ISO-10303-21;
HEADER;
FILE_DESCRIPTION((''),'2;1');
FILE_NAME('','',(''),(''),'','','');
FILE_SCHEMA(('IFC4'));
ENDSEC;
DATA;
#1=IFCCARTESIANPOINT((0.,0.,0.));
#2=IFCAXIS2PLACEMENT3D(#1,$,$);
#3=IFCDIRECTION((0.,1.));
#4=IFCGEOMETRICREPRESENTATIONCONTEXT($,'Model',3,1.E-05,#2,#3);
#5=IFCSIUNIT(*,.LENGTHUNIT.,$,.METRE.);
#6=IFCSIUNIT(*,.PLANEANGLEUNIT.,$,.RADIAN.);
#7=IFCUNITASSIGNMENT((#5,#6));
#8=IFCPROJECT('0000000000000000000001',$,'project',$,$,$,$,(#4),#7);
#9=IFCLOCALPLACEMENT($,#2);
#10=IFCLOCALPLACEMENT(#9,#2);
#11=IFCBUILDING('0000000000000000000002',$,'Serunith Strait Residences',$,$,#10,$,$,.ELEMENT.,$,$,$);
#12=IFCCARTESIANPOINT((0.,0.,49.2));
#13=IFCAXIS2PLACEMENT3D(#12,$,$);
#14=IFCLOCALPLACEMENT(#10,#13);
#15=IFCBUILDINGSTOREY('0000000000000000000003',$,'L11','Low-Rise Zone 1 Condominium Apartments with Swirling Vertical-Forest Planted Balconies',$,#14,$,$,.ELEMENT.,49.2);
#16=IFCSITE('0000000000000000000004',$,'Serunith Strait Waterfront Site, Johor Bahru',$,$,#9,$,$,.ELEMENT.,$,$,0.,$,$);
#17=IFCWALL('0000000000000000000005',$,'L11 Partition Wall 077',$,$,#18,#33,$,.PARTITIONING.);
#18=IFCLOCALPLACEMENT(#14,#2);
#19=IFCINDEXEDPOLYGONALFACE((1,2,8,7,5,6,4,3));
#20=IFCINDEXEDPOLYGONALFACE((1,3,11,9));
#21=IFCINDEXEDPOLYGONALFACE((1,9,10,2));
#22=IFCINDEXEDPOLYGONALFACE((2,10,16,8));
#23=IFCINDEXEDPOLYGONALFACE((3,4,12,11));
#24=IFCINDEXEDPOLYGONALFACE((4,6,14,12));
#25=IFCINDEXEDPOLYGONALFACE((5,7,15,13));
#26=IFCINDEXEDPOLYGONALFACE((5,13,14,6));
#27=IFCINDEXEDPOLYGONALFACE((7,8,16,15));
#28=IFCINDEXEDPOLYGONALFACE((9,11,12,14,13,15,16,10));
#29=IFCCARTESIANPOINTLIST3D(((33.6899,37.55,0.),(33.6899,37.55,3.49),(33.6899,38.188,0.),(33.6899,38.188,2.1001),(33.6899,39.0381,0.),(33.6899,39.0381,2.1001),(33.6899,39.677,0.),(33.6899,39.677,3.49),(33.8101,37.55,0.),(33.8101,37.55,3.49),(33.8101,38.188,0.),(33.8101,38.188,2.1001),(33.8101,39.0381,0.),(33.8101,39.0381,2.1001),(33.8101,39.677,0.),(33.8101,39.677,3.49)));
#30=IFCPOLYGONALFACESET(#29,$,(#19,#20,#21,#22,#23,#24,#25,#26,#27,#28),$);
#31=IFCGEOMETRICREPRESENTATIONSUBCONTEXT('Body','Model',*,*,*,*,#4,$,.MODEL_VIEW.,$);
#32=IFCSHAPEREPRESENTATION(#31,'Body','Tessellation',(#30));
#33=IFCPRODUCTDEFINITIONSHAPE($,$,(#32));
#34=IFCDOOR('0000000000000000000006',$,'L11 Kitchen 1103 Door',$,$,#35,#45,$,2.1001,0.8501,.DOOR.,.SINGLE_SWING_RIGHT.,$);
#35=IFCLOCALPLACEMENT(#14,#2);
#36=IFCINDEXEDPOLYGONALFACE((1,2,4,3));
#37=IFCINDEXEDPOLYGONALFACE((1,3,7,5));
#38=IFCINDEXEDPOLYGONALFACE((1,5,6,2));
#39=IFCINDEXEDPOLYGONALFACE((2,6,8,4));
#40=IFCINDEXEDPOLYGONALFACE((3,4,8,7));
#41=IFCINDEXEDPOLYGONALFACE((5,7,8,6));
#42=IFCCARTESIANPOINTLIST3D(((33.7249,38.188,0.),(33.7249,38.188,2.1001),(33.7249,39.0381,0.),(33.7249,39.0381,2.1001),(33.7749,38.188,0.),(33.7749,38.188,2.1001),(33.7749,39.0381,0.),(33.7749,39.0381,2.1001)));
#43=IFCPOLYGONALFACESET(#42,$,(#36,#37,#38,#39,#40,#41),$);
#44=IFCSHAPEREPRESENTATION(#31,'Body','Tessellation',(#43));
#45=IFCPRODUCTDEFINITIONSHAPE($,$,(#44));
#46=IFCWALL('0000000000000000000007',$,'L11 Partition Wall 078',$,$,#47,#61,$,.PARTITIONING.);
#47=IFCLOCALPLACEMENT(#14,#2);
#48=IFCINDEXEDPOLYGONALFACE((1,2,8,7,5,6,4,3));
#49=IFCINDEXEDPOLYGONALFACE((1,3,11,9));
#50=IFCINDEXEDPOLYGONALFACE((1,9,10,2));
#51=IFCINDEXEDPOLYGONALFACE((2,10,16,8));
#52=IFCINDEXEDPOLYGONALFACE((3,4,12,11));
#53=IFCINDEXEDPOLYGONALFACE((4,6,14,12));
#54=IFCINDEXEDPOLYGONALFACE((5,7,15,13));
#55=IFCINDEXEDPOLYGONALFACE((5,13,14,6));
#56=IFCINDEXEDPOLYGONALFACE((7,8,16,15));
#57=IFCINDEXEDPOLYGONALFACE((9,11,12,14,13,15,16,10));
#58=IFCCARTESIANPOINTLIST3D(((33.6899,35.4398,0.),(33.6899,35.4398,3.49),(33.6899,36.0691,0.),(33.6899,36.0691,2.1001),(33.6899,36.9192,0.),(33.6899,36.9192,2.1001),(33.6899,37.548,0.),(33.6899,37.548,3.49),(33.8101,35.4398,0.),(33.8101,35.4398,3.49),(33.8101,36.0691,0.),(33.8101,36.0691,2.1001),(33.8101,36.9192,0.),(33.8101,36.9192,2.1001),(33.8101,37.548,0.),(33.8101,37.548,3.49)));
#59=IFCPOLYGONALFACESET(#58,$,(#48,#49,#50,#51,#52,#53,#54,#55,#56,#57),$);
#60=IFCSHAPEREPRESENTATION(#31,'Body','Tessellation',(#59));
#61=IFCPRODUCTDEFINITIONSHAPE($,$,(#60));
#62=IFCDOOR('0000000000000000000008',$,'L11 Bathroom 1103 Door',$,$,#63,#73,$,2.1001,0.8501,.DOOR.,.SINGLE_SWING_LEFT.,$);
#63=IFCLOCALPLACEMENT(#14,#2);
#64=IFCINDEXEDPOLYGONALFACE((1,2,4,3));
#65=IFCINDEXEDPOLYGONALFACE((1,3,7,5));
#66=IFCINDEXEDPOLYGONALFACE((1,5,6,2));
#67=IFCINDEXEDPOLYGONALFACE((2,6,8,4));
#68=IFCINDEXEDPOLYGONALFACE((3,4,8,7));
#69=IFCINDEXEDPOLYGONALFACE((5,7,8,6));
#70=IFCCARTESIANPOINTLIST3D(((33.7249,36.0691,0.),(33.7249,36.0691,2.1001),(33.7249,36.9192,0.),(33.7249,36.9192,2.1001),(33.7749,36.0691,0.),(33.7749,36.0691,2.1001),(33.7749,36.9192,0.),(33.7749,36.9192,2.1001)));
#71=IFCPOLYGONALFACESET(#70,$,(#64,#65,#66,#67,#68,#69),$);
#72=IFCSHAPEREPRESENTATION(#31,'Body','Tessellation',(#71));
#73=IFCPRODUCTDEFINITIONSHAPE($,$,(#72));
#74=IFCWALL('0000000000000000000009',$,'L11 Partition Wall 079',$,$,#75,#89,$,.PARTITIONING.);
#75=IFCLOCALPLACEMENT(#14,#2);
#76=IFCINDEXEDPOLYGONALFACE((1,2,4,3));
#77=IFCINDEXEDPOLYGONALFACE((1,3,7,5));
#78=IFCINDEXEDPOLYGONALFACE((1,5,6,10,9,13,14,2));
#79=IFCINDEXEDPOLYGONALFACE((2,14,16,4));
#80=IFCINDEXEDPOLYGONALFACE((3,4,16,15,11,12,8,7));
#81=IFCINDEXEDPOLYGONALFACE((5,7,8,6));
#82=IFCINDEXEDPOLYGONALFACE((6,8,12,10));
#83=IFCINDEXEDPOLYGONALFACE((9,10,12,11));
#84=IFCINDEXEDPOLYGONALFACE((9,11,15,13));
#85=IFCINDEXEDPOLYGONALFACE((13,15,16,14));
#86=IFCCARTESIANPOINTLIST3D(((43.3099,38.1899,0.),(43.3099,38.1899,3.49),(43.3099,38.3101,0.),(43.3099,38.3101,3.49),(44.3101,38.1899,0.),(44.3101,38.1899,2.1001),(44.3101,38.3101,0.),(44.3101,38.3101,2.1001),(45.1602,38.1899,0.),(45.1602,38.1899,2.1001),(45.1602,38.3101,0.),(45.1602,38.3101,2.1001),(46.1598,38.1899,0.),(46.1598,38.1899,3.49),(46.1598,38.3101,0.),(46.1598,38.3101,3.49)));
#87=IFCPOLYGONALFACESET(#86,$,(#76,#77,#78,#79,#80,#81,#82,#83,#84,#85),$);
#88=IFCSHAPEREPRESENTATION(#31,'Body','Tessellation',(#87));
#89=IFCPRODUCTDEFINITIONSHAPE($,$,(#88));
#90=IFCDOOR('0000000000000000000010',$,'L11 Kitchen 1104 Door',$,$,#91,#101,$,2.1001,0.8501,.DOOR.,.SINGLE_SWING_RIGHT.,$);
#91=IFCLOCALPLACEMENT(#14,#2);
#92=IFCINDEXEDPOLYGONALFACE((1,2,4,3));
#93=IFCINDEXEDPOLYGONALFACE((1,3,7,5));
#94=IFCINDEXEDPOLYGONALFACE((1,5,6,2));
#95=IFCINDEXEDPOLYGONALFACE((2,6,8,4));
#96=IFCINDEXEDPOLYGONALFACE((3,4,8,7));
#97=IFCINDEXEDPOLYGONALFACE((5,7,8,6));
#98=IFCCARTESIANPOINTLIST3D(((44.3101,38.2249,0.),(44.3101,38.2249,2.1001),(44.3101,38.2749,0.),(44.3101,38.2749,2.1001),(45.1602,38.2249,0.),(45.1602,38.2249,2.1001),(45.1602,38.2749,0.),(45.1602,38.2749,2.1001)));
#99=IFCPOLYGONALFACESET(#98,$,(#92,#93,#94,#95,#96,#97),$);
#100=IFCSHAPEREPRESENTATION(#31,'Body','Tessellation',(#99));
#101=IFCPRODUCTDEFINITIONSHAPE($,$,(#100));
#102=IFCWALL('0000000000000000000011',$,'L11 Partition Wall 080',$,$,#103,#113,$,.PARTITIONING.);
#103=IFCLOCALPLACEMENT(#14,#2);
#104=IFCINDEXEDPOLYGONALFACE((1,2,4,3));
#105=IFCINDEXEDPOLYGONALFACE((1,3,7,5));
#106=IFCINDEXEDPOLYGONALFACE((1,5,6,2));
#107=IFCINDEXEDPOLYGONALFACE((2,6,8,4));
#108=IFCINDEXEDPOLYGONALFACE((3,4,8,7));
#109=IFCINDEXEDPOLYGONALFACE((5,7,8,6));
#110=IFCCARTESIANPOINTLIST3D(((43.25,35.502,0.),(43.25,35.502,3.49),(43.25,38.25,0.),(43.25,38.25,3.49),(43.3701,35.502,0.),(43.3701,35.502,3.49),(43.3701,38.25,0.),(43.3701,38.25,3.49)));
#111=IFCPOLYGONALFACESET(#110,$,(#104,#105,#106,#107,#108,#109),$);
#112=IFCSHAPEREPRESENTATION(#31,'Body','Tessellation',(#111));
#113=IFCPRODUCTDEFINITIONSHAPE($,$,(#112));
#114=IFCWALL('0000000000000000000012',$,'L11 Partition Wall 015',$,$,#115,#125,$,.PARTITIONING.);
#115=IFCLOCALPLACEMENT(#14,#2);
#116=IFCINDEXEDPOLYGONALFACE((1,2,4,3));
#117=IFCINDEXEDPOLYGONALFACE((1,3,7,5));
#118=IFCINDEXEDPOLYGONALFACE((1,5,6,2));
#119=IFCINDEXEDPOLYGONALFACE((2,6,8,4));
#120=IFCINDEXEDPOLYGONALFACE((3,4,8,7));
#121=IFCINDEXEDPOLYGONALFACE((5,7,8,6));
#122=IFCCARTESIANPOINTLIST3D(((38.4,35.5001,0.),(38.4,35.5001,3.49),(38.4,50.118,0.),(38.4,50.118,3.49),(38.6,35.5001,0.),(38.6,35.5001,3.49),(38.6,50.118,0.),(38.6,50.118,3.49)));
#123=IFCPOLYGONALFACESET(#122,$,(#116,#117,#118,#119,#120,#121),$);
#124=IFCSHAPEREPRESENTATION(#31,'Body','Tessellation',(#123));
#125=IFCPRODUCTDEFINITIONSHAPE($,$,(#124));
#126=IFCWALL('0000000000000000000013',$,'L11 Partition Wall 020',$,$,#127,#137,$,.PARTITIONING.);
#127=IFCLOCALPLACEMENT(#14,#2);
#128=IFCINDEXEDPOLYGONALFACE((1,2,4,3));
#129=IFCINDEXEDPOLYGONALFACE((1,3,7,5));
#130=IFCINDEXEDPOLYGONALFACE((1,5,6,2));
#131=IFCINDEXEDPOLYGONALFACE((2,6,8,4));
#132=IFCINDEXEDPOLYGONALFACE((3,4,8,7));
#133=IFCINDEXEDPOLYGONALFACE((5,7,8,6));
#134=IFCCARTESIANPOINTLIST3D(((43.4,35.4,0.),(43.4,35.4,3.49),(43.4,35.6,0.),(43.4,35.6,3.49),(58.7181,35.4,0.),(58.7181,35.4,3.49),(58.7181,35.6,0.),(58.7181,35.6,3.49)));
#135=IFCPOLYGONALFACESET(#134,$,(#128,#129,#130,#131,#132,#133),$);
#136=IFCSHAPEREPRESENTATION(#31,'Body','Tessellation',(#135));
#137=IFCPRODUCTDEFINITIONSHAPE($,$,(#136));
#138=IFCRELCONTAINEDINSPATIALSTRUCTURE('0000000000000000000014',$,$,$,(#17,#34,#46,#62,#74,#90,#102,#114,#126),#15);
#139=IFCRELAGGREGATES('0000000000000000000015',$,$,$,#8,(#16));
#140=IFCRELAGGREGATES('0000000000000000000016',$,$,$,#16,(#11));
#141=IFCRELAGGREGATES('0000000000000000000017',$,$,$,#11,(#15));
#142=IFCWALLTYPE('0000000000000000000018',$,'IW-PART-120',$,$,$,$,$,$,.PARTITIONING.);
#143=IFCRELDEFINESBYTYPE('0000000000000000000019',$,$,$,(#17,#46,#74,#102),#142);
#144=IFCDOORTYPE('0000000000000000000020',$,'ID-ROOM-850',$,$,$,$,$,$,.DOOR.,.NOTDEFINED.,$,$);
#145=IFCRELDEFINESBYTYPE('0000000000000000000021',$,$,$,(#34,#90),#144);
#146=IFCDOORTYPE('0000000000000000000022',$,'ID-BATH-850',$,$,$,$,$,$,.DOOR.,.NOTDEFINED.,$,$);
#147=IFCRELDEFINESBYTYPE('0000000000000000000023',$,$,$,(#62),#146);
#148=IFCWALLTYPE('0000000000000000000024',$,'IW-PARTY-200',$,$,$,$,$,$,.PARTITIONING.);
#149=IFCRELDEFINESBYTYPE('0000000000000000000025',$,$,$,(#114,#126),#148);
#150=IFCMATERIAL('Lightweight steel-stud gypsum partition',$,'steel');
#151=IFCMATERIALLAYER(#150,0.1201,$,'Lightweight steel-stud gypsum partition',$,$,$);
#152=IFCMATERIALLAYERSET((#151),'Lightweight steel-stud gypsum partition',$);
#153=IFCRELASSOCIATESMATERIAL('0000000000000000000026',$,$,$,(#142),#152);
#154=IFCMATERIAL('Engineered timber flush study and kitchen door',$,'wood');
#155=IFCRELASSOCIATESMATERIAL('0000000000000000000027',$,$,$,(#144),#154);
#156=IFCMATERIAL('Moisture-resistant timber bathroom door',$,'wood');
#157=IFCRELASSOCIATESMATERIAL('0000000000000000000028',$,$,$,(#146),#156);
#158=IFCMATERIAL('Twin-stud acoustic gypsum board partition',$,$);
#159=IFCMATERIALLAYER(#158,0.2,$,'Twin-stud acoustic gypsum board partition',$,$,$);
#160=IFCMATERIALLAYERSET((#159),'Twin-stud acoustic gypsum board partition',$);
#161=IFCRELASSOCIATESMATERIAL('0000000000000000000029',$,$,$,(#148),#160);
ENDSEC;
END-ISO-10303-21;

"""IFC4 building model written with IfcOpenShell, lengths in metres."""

from ifc_helpers import new_model, si_unit, direction, frame, frame_2d, origin, place, context, subcontext, project, spatial, rectangle, extrude, source, transform, mapped, material, layer, layer_set, type_object, element, fill, save


model = new_model("IFC4")

# Units and contexts
model_context = context("Model", 3, precision=1e-05, world=origin(), true_north=direction((0.0, 1.0)))
body_context = subcontext(model_context, "Body", "Model", "MODEL_VIEW")
ifc_project = project(units=[si_unit("LENGTHUNIT", "METRE"), si_unit("PLANEANGLEUNIT", "RADIAN")], contexts=[model_context])

# Site, building, storey
site_placement = place(None, origin())
site = spatial("IfcSite", under=ifc_project, at=site_placement, Name="Serunith Strait Waterfront Site, Johor Bahru", CompositionType="ELEMENT", RefElevation=0.0)
building_placement = place(site_placement, origin())
building = spatial("IfcBuilding", under=site, at=building_placement, Name="Serunith Strait Residences", CompositionType="ELEMENT")
storey_placement = place(building_placement, frame((0.0, 0.0, 49.2)))
storey = spatial("IfcBuildingStorey", under=building, at=storey_placement, Name="L11", Description="Low-Rise Zone 1 Condominium Apartments with Swirling Vertical-Forest Planted Balconies", CompositionType="ELEMENT", Elevation=49.2)

# Walls, openings, doors
ifc_material_1 = material(Name="Lightweight steel-stud gypsum partition", Category="steel")
ifc_layer_1 = layer(ifc_material_1, 0.1201, Name="Lightweight steel-stud gypsum partition")
ifc_layer_set_1 = layer_set([ifc_layer_1], Name="Lightweight steel-stud gypsum partition")
wall_type_1 = type_object("IfcWallType", Name="IW-PART-120", PredefinedType="PARTITIONING", material=ifc_layer_set_1)
ifc_material_2 = material(Name="Engineered timber flush study and kitchen door", Category="wood")
door_type_1 = type_object("IfcDoorType", Name="ID-ROOM-850", OperationType="NOTDEFINED", PredefinedType="DOOR", material=ifc_material_2)
shared_shape_1 = source(origin(), body_context, "Body", "SweptSolid", [
    extrude(rectangle(XDim=0.8501, YDim=2.1001, at=frame_2d((0.425, 1.05))), frame((0.0, 0.0249, 0.0), z_axis=(0.0, -1.0, 0.0), x_axis=(1.0, 0.0, 0.0)), (0.0, 0.0, 1.0), 0.05),
])
wall_1_placement = place(storey_placement, frame((33.75, 39.677, 0.0), z_axis=(0.0, 0.0, 1.0), x_axis=(0.0, -1.0, 0.0)))
wall_1 = element("IfcWall", 1, at=wall_1_placement, inside=storey, type_object=wall_type_1, Name="L11 Partition Wall 077", PredefinedType="PARTITIONING", context=body_context, shape_type="SweptSolid", body=[
    extrude(rectangle(XDim=2.127, YDim=0.1201, at=frame_2d((1.0635, 0.0))), origin(), (0.0, 0.0, 1.0), 3.49),
])
opening_1_placement = place(wall_1_placement, frame((0.6389, 0.0, 0.0)))
opening_1 = element("IfcOpeningElement", 2, at=opening_1_placement, cuts=wall_1, PredefinedType="OPENING", context=body_context, shape_type="SweptSolid", body=[
    extrude(rectangle(XDim=0.8501, YDim=2.1001, at=frame_2d((0.425, 1.05))), frame((0.0, 0.0701, 0.0), z_axis=(0.0, -1.0, 0.0), x_axis=(1.0, 0.0, 0.0)), (0.0, 0.0, 1.0), 0.1401),
])
door_1_placement = place(opening_1_placement, origin())
door_1 = element("IfcDoor", 3, at=door_1_placement, inside=storey, type_object=door_type_1, Name="L11 Kitchen 1103 Door", OperationType="SINGLE_SWING_RIGHT", OverallHeight=2.1001, OverallWidth=0.8501, PredefinedType="DOOR", context=body_context, shape_type="MappedRepresentation", body=[
    mapped(shared_shape_1, transform((0.0, 0.0, 0.0), scale=1.0)),
])
fill(opening_1, door_1)
wall_2_placement = place(storey_placement, frame((33.75, 37.5481, 0.0), z_axis=(0.0, 0.0, 1.0), x_axis=(0.0, -1.0, 0.0)))
wall_2 = element("IfcWall", 4, at=wall_2_placement, inside=storey, type_object=wall_type_1, Name="L11 Partition Wall 078", PredefinedType="PARTITIONING", context=body_context, shape_type="SweptSolid", body=[
    extrude(rectangle(XDim=2.1082, YDim=0.1201, at=frame_2d((1.0542, 0.0))), origin(), (0.0, 0.0, 1.0), 3.49),
])
opening_2_placement = place(wall_2_placement, frame((0.6289, 0.0, 0.0)))
opening_2 = element("IfcOpeningElement", 5, at=opening_2_placement, cuts=wall_2, PredefinedType="OPENING", context=body_context, shape_type="SweptSolid", body=[
    extrude(rectangle(XDim=0.8501, YDim=2.1001, at=frame_2d((0.425, 1.05))), frame((0.0, 0.0701, 0.0), z_axis=(0.0, -1.0, 0.0), x_axis=(1.0, 0.0, 0.0)), (0.0, 0.0, 1.0), 0.1401),
])
ifc_material_3 = material(Name="Moisture-resistant timber bathroom door", Category="wood")
door_type_2 = type_object("IfcDoorType", Name="ID-BATH-850", OperationType="NOTDEFINED", PredefinedType="DOOR", material=ifc_material_3)
door_2_placement = place(opening_2_placement, origin())
door_2 = element("IfcDoor", 6, at=door_2_placement, inside=storey, type_object=door_type_2, Name="L11 Bathroom 1103 Door", OperationType="SINGLE_SWING_LEFT", OverallHeight=2.1001, OverallWidth=0.8501, PredefinedType="DOOR", context=body_context, shape_type="MappedRepresentation", body=[
    mapped(shared_shape_1, transform((0.0, 0.0, 0.0), scale=1.0)),
])
fill(opening_2, door_2)
wall_3_placement = place(storey_placement, frame((43.3101, 38.25, 0.0), z_axis=(0.0, 0.0, 1.0), x_axis=(1.0, 0.0, 0.0)))
wall_3 = element("IfcWall", 7, at=wall_3_placement, inside=storey, type_object=wall_type_1, Name="L11 Partition Wall 079", PredefinedType="PARTITIONING", context=body_context, shape_type="SweptSolid", body=[
    extrude(rectangle(XDim=2.8499, YDim=0.1201, at=frame_2d((1.4248, 0.0))), origin(), (0.0, 0.0, 1.0), 3.49),
])
opening_3_placement = place(wall_3_placement, frame((1.0, 0.0, 0.0)))
opening_3 = element("IfcOpeningElement", 8, at=opening_3_placement, cuts=wall_3, PredefinedType="OPENING", context=body_context, shape_type="SweptSolid", body=[
    extrude(rectangle(XDim=0.8501, YDim=2.1001, at=frame_2d((0.425, 1.05))), frame((0.0, 0.0701, 0.0), z_axis=(0.0, -1.0, 0.0), x_axis=(1.0, 0.0, 0.0)), (0.0, 0.0, 1.0), 0.1401),
])
door_3_placement = place(opening_3_placement, origin())
door_3 = element("IfcDoor", 9, at=door_3_placement, inside=storey, type_object=door_type_1, Name="L11 Kitchen 1104 Door", OperationType="SINGLE_SWING_RIGHT", OverallHeight=2.1001, OverallWidth=0.8501, PredefinedType="DOOR", context=body_context, shape_type="MappedRepresentation", body=[
    mapped(shared_shape_1, transform((0.0, 0.0, 0.0), scale=1.0)),
])
fill(opening_3, door_3)

# Walls
wall_4_placement = place(storey_placement, frame((43.3101, 38.25, 0.0), z_axis=(0.0, 0.0, 1.0), x_axis=(0.0, -1.0, 0.0)))
element("IfcWall", 10, at=wall_4_placement, inside=storey, type_object=wall_type_1, Name="L11 Partition Wall 080", PredefinedType="PARTITIONING", context=body_context, shape_type="SweptSolid", body=[
    extrude(rectangle(XDim=2.748, YDim=0.1201, at=frame_2d((1.374, 0.0))), origin(), (0.0, 0.0, 1.0), 3.49),
])
ifc_material_4 = material(Name="Twin-stud acoustic gypsum board partition")
ifc_layer_2 = layer(ifc_material_4, 0.2, Name="Twin-stud acoustic gypsum board partition")
ifc_layer_set_2 = layer_set([ifc_layer_2], Name="Twin-stud acoustic gypsum board partition")
wall_type_2 = type_object("IfcWallType", Name="IW-PARTY-200", PredefinedType="PARTITIONING", material=ifc_layer_set_2)
wall_5_placement = place(storey_placement, frame((38.5, 35.5, 0.0), z_axis=(0.0, 0.0, 1.0), x_axis=(0.0, 1.0, 0.0)))
element("IfcWall", 11, at=wall_5_placement, inside=storey, type_object=wall_type_2, Name="L11 Partition Wall 015", PredefinedType="PARTITIONING", context=body_context, shape_type="SweptSolid", body=[
    extrude(rectangle(XDim=14.6179, YDim=0.2, at=frame_2d((7.3091, 0.0))), origin(), (0.0, 0.0, 1.0), 3.49),
])
wall_6_placement = place(storey_placement, frame((43.3999, 35.5, 0.0), z_axis=(0.0, 0.0, 1.0), x_axis=(1.0, 0.0, 0.0)))
element("IfcWall", 12, at=wall_6_placement, inside=storey, type_object=wall_type_2, Name="L11 Partition Wall 020", PredefinedType="PARTITIONING", context=body_context, shape_type="SweptSolid", body=[
    extrude(rectangle(XDim=15.3181, YDim=0.2, at=frame_2d((7.6592, 0.0))), origin(), (0.0, 0.0, 1.0), 3.49),
])

save(model, "model.ifc")
